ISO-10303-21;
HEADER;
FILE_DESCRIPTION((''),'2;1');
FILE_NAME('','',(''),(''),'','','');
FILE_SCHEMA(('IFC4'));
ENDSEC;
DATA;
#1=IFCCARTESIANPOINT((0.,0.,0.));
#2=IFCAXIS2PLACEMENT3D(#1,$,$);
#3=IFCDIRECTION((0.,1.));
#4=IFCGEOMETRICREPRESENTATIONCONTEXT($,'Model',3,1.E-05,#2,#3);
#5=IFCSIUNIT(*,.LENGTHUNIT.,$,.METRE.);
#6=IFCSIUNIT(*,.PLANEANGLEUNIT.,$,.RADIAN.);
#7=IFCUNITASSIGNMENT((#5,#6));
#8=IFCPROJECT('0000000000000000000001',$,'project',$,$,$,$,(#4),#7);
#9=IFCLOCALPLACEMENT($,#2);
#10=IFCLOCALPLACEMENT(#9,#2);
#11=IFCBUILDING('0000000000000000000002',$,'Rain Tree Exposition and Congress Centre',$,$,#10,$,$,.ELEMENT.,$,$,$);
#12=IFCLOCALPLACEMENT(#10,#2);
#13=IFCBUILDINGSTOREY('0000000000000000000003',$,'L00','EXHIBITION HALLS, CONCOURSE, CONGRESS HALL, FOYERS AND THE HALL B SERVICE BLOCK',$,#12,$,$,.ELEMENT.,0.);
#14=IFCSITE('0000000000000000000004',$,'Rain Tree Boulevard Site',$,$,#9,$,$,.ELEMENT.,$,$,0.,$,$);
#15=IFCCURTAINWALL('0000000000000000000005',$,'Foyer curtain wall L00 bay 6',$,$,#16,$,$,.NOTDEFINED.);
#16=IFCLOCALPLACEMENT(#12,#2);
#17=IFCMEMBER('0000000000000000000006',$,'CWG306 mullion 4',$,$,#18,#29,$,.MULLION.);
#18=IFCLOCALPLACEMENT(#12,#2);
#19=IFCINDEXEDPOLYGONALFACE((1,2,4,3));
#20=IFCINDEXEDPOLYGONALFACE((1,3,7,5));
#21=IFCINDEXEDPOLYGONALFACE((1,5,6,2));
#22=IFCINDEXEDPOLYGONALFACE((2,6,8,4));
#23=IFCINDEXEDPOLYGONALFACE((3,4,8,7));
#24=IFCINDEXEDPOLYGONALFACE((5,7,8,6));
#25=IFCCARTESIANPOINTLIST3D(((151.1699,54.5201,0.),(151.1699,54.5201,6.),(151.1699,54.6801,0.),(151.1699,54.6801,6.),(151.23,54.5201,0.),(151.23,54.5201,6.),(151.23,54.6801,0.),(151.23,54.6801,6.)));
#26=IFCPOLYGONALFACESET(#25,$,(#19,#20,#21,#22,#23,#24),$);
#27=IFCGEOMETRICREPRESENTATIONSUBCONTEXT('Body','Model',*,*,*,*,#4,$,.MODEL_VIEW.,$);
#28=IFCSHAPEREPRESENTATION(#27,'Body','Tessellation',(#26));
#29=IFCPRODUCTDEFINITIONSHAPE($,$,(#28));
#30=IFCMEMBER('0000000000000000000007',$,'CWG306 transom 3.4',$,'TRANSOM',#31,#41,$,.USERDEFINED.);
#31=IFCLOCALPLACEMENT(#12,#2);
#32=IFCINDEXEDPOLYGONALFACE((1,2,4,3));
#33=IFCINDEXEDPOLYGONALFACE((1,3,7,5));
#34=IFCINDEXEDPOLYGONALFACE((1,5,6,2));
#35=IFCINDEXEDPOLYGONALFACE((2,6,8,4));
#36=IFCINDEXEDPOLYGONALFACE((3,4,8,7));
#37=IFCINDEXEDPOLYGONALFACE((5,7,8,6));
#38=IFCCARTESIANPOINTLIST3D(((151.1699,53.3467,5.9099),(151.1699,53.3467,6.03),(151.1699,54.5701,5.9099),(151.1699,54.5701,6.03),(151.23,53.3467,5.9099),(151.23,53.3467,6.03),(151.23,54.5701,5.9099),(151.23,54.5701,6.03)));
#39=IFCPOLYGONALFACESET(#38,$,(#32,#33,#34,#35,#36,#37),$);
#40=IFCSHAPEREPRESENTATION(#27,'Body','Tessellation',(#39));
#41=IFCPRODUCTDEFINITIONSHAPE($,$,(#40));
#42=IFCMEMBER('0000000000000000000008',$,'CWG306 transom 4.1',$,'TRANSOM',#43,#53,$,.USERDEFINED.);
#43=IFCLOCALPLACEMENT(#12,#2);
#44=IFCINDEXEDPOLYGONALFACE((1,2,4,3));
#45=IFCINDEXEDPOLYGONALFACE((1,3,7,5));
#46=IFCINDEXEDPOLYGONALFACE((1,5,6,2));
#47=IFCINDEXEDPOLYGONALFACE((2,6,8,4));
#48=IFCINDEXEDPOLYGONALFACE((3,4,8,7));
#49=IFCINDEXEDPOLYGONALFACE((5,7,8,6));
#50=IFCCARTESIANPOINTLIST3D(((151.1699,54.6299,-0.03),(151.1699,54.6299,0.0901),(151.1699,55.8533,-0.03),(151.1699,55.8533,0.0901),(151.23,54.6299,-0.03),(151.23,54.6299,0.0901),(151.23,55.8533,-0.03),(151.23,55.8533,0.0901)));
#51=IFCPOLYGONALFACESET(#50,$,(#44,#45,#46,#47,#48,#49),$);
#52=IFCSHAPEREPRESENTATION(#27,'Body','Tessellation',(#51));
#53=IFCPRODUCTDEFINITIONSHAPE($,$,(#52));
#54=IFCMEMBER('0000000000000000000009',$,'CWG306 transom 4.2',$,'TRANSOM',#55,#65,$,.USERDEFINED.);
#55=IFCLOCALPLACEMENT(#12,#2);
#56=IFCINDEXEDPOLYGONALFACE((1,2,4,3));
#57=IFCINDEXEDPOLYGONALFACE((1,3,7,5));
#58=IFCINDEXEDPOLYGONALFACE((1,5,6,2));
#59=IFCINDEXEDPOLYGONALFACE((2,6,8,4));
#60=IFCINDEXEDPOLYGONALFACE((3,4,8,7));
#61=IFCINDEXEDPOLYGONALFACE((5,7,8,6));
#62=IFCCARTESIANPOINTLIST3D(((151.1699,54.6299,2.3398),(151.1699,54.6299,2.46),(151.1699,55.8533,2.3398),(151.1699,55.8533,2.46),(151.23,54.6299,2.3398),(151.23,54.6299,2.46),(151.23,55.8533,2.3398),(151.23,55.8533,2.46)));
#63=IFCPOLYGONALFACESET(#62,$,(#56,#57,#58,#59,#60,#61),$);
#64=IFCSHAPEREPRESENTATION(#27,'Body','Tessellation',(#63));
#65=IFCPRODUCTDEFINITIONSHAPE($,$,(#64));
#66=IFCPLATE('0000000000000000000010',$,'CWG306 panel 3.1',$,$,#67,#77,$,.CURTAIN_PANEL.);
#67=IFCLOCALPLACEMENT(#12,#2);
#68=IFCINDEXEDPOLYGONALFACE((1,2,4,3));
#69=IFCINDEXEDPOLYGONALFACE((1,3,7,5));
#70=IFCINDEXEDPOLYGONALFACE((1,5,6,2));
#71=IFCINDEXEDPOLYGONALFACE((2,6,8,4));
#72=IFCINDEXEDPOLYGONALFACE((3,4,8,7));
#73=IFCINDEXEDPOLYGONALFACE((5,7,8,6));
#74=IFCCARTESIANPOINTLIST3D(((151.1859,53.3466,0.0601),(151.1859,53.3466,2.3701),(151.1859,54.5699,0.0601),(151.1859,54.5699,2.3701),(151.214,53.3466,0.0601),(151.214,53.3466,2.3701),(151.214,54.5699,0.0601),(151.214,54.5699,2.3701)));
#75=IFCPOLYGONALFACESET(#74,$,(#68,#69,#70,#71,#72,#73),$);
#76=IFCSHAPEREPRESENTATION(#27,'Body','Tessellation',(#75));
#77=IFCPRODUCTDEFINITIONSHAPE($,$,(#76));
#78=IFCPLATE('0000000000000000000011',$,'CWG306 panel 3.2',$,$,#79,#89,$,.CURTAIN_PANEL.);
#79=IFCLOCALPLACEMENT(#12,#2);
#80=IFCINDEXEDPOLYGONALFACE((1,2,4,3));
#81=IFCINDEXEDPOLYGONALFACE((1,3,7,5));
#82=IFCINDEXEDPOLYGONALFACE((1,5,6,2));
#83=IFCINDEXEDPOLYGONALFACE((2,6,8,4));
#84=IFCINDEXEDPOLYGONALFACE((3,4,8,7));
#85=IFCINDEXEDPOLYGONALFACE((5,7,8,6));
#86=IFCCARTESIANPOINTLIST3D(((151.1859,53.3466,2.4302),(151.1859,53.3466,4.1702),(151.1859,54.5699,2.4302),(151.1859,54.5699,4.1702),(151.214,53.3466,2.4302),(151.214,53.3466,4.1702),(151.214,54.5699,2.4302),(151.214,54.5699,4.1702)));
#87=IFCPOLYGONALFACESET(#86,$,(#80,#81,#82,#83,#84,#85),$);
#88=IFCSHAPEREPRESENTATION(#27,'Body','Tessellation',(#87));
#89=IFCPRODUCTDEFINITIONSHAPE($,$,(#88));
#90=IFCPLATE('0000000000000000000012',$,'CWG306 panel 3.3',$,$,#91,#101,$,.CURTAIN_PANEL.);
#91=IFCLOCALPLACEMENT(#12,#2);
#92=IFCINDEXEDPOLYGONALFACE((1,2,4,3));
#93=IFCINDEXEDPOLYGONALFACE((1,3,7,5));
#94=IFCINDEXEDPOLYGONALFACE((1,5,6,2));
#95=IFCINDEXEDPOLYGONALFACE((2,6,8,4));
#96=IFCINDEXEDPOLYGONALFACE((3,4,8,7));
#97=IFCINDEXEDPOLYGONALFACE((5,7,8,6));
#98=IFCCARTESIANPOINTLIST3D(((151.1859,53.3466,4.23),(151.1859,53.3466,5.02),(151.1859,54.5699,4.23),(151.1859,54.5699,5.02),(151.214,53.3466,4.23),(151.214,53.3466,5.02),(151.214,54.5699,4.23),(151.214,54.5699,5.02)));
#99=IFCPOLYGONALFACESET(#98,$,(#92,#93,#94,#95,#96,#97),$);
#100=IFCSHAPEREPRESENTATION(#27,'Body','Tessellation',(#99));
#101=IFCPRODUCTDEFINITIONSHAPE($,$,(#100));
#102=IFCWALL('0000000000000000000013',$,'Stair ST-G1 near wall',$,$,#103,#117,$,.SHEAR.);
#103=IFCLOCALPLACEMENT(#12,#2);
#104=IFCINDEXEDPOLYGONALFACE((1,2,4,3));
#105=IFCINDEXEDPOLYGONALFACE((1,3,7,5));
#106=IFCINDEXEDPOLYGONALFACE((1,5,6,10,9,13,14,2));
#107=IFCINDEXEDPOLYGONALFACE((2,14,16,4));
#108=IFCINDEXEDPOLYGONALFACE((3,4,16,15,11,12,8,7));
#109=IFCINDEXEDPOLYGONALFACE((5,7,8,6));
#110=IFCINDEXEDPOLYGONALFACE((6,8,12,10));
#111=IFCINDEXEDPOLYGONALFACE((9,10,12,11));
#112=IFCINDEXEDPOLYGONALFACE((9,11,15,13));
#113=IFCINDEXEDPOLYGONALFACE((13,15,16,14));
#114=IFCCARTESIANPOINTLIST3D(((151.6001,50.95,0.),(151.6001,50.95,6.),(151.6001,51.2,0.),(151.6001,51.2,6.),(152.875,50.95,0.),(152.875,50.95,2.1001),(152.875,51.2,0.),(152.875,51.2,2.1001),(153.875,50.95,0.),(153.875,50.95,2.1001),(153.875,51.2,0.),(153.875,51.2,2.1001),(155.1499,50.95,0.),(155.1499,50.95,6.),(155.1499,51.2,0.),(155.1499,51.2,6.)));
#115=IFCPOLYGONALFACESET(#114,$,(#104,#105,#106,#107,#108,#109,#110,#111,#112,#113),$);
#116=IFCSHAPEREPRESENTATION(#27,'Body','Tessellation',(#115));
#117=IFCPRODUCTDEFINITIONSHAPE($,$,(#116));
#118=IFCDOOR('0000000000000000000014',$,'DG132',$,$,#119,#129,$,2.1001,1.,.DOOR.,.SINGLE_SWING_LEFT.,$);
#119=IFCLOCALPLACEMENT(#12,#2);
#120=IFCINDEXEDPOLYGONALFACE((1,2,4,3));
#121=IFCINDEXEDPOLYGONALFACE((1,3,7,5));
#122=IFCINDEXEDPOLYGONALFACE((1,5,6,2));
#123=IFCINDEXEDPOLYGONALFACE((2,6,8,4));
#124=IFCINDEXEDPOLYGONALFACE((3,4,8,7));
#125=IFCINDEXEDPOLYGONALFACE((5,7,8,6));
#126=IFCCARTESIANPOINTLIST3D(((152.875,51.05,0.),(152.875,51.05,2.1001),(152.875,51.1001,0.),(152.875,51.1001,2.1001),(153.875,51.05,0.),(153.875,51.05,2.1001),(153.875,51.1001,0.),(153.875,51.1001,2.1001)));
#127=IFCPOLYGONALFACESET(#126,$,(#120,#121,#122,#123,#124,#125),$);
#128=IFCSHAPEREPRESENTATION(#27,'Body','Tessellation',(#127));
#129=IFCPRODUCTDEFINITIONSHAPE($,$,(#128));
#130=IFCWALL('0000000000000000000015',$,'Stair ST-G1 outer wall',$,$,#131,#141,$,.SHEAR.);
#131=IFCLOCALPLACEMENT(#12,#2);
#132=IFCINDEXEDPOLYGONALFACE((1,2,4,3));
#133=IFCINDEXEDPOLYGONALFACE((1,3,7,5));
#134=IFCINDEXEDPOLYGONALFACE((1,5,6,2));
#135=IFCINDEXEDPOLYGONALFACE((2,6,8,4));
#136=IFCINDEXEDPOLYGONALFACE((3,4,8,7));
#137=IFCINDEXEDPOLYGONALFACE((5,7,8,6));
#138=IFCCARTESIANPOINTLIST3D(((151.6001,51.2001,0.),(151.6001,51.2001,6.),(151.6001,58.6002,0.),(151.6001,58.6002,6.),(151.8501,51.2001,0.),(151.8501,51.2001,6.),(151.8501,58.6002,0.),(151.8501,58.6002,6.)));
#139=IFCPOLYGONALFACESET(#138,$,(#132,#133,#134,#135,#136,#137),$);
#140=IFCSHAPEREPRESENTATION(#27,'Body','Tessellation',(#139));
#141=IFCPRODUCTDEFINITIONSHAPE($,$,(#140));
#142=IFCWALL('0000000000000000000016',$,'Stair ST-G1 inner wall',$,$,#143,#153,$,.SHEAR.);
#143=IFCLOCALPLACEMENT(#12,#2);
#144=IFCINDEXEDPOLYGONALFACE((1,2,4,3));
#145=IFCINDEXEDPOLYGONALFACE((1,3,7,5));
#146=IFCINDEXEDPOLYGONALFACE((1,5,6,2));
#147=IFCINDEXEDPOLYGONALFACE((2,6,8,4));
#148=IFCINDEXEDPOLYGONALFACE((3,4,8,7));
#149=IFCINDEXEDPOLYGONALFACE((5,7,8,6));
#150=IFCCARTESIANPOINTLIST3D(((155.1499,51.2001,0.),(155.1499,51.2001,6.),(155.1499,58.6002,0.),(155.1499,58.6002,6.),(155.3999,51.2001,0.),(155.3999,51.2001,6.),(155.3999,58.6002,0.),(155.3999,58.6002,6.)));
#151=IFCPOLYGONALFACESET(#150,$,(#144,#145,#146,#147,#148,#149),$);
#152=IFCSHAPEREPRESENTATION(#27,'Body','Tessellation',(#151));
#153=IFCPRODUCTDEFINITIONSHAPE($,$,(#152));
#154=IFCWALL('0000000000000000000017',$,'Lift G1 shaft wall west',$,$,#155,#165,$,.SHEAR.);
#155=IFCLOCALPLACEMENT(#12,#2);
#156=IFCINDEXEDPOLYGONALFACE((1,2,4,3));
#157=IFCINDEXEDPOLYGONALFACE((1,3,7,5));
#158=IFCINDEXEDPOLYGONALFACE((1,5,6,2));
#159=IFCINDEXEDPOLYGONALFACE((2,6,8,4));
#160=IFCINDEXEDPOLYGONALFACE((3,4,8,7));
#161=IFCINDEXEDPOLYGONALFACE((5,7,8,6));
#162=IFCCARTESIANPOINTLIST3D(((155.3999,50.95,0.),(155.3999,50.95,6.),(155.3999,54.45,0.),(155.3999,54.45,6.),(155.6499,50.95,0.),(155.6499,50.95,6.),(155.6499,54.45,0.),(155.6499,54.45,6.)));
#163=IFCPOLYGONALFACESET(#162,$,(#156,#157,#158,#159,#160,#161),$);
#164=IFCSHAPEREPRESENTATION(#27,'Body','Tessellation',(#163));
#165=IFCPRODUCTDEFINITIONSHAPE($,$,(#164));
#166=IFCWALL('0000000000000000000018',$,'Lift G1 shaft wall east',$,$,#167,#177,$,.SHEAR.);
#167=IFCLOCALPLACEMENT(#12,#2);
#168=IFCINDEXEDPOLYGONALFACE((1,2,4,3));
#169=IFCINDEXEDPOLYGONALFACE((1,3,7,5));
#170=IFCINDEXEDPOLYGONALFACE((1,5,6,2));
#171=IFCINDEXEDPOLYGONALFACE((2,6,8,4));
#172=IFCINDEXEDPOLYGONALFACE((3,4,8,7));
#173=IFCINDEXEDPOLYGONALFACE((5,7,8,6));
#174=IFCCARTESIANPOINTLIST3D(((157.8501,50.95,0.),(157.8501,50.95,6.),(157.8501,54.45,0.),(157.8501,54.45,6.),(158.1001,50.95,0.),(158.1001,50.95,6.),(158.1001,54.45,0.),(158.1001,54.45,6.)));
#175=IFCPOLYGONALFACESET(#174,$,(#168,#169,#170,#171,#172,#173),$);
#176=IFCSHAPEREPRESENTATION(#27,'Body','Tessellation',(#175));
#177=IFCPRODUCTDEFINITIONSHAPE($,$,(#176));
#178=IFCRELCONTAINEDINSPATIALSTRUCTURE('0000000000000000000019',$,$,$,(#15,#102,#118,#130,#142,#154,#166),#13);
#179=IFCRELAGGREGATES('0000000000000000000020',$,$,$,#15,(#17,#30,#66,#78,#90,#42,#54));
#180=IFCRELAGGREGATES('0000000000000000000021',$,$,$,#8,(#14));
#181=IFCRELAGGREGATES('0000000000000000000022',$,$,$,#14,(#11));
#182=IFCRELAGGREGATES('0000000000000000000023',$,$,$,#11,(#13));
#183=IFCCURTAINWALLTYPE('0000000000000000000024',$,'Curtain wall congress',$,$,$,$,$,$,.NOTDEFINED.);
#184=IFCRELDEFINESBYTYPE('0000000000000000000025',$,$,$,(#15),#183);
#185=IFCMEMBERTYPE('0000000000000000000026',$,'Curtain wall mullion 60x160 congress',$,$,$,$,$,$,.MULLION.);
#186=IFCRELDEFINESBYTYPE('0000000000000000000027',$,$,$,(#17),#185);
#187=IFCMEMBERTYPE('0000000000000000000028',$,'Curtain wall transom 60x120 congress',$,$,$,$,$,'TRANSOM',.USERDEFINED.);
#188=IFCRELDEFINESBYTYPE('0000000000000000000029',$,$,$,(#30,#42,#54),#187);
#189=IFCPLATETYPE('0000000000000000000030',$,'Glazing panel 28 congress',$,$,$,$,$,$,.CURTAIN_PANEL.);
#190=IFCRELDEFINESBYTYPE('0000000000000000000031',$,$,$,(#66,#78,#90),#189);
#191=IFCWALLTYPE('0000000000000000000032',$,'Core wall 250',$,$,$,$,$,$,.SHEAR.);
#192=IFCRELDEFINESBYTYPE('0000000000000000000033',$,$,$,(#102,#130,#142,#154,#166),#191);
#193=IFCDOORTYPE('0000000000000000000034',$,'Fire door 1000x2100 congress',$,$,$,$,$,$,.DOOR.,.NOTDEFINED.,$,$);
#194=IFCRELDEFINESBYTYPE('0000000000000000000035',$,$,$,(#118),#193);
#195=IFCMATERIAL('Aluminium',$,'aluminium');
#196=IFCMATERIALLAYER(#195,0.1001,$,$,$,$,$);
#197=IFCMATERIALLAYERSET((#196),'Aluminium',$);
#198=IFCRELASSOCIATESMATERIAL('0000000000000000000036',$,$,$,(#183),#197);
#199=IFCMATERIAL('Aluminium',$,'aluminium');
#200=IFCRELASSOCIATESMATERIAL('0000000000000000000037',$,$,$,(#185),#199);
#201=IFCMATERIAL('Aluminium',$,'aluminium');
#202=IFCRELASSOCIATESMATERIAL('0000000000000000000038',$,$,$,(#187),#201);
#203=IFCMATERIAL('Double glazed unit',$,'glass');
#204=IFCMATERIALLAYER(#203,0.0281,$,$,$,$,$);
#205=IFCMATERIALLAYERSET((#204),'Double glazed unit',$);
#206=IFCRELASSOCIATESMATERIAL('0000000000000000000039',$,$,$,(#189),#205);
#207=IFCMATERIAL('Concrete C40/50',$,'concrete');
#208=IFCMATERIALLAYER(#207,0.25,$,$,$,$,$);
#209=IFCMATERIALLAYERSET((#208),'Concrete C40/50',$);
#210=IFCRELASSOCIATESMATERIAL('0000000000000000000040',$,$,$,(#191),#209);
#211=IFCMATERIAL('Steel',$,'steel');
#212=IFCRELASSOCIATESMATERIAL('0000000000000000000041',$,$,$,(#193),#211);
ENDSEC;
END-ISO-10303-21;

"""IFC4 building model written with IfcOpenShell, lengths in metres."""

from ifc_helpers import new_model, si_unit, direction, frame, frame_2d, origin, origin_2d, place, context, subcontext, project, spatial, rectangle, extrude, material, layer, layer_set, material_profile, profile_set, type_object, element, fill, aggregate, save


model = new_model("IFC4")

# Units and contexts
model_context = context("Model", 3, precision=1e-05, world=origin(), true_north=direction((0.0, 1.0)))
body_context = subcontext(model_context, "Body", "Model", "MODEL_VIEW")
ifc_project = project(units=[si_unit("LENGTHUNIT", "METRE"), si_unit("PLANEANGLEUNIT", "RADIAN")], contexts=[model_context])

# Site, building, storey
site_placement = place(None, origin())
site = spatial("IfcSite", under=ifc_project, at=site_placement, Name="Rain Tree Boulevard Site", CompositionType="ELEMENT", RefElevation=0.0)
building_placement = place(site_placement, origin())
building = spatial("IfcBuilding", under=site, at=building_placement, Name="Rain Tree Exposition and Congress Centre", CompositionType="ELEMENT")
storey_placement = place(building_placement, origin())
storey = spatial("IfcBuildingStorey", under=building, at=storey_placement, Name="L00", Description="EXHIBITION HALLS, CONCOURSE, CONGRESS HALL, FOYERS AND THE HALL B SERVICE BLOCK", CompositionType="ELEMENT", Elevation=0.0)

# Curtain wall, members, plates
ifc_material_1 = material(Name="Aluminium", Category="aluminium")
ifc_layer_1 = layer(ifc_material_1, 0.1001)
ifc_layer_set_1 = layer_set([ifc_layer_1], Name="Aluminium")
curtain_wall_type = type_object("IfcCurtainWallType", Name="Curtain wall congress", PredefinedType="NOTDEFINED", material=ifc_layer_set_1)
curtain_wall_placement = place(storey_placement, origin())
curtain_wall = element("IfcCurtainWall", 1, at=curtain_wall_placement, inside=storey, type_object=curtain_wall_type, Name="Foyer curtain wall L00 bay 6", PredefinedType="NOTDEFINED")
ifc_material_2 = material(Name="Aluminium", Category="aluminium")
ifc_material_profile_1 = material_profile(ifc_material_2, rectangle(XDim=0.0601, YDim=0.1599, at=origin_2d()), Name="AL 60x160")
ifc_profile_set_1 = profile_set([ifc_material_profile_1], Name="Aluminium")
member_type_1 = type_object("IfcMemberType", Name="Curtain wall mullion 60x160 congress", PredefinedType="MULLION", material=ifc_profile_set_1)
member_1_placement = place(storey_placement, frame((151.2, 54.6001, 0.0), z_axis=(0.0, 0.0, 1.0), x_axis=(-1.0, 0.0, 0.0)))
member_1 = element("IfcMember", 2, at=member_1_placement, type_object=member_type_1, Name="CWG306 mullion 4", PredefinedType="MULLION", context=body_context, shape_type="SweptSolid", body=[
    extrude(rectangle(XDim=0.0601, YDim=0.1599, at=origin_2d()), origin(), (0.0, 0.0, 1.0), 6.0),
])
ifc_material_3 = material(Name="Aluminium", Category="aluminium")
ifc_material_profile_2 = material_profile(ifc_material_3, rectangle(XDim=0.0601, YDim=0.1201, at=origin_2d()), Name="AL 60x120")
ifc_profile_set_2 = profile_set([ifc_material_profile_2], Name="Aluminium")
member_type_2 = type_object("IfcMemberType", Name="Curtain wall transom 60x120 congress", ElementType="TRANSOM", PredefinedType="USERDEFINED", material=ifc_profile_set_2)
member_2_placement = place(storey_placement, frame((151.2, 53.3467, 5.97), z_axis=(0.0, 1.0, 0.0), x_axis=(-1.0, 0.0, 0.0)))
member_2 = element("IfcMember", 3, at=member_2_placement, type_object=member_type_2, Name="CWG306 transom 3.4", ObjectType="TRANSOM", PredefinedType="USERDEFINED", context=body_context, shape_type="SweptSolid", body=[
    extrude(rectangle(XDim=0.0601, YDim=0.1201, at=origin_2d()), origin(), (0.0, 0.0, 1.0), 1.2234),
])
member_3_placement = place(storey_placement, frame((151.2, 54.6299, 0.03), z_axis=(0.0, 1.0, 0.0), x_axis=(-1.0, 0.0, 0.0)))
member_3 = element("IfcMember", 4, at=member_3_placement, type_object=member_type_2, Name="CWG306 transom 4.1", ObjectType="TRANSOM", PredefinedType="USERDEFINED", context=body_context, shape_type="SweptSolid", body=[
    extrude(rectangle(XDim=0.0601, YDim=0.1201, at=origin_2d()), origin(), (0.0, 0.0, 1.0), 1.2234),
])
member_4_placement = place(storey_placement, frame((151.2, 54.6299, 2.3999), z_axis=(0.0, 1.0, 0.0), x_axis=(-1.0, 0.0, 0.0)))
member_4 = element("IfcMember", 5, at=member_4_placement, type_object=member_type_2, Name="CWG306 transom 4.2", ObjectType="TRANSOM", PredefinedType="USERDEFINED", context=body_context, shape_type="SweptSolid", body=[
    extrude(rectangle(XDim=0.0601, YDim=0.1201, at=origin_2d()), origin(), (0.0, 0.0, 1.0), 1.2234),
])
ifc_material_4 = material(Name="Double glazed unit", Category="glass")
ifc_layer_2 = layer(ifc_material_4, 0.0281)
ifc_layer_set_2 = layer_set([ifc_layer_2], Name="Double glazed unit")
plate_type = type_object("IfcPlateType", Name="Glazing panel 28 congress", PredefinedType="CURTAIN_PANEL", material=ifc_layer_set_2)
plate_1_placement = place(storey_placement, frame((151.2, 53.9583, 0.0601), z_axis=(0.0, 0.0, 1.0), x_axis=(0.0, 1.0, 0.0)))
plate_1 = element("IfcPlate", 6, at=plate_1_placement, type_object=plate_type, Name="CWG306 panel 3.1", PredefinedType="CURTAIN_PANEL", context=body_context, shape_type="SweptSolid", body=[
    extrude(rectangle(XDim=1.2234, YDim=0.0281, at=origin_2d()), origin(), (0.0, 0.0, 1.0), 2.3101),
])
plate_2_placement = place(storey_placement, frame((151.2, 53.9583, 2.4302), z_axis=(0.0, 0.0, 1.0), x_axis=(0.0, 1.0, 0.0)))
plate_2 = element("IfcPlate", 7, at=plate_2_placement, type_object=plate_type, Name="CWG306 panel 3.2", PredefinedType="CURTAIN_PANEL", context=body_context, shape_type="SweptSolid", body=[
    extrude(rectangle(XDim=1.2234, YDim=0.0281, at=origin_2d()), origin(), (0.0, 0.0, 1.0), 1.74),
])
plate_3_placement = place(storey_placement, frame((151.2, 53.9583, 4.23), z_axis=(0.0, 0.0, 1.0), x_axis=(0.0, 1.0, 0.0)))
plate_3 = element("IfcPlate", 8, at=plate_3_placement, type_object=plate_type, Name="CWG306 panel 3.3", PredefinedType="CURTAIN_PANEL", context=body_context, shape_type="SweptSolid", body=[
    extrude(rectangle(XDim=1.2234, YDim=0.0281, at=origin_2d()), origin(), (0.0, 0.0, 1.0), 0.79),
])
aggregate(curtain_wall, [member_1, member_2, plate_1, plate_2, plate_3, member_3, member_4])

# Wall, opening, door
ifc_material_5 = material(Name="Concrete C40/50", Category="concrete")
ifc_layer_3 = layer(ifc_material_5, 0.25)
ifc_layer_set_3 = layer_set([ifc_layer_3], Name="Concrete C40/50")
wall_type = type_object("IfcWallType", Name="Core wall 250", PredefinedType="SHEAR", material=ifc_layer_set_3)
wall_1_placement = place(storey_placement, frame((155.1499, 51.075, 0.0), z_axis=(0.0, 0.0, 1.0), x_axis=(-1.0, 0.0, 0.0)))
wall_1 = element("IfcWall", 9, at=wall_1_placement, inside=storey, type_object=wall_type, Name="Stair ST-G1 near wall", PredefinedType="SHEAR", context=body_context, shape_type="SweptSolid", body=[
    extrude(rectangle(XDim=3.5498, YDim=0.25, at=frame_2d((1.7749, 0.0))), origin(), (0.0, 0.0, 1.0), 6.0),
])
opening_1_placement = place(wall_1_placement, frame((1.2749, 0.0, 0.0)))
opening_1 = element("IfcOpeningElement", 10, at=opening_1_placement, cuts=wall_1, PredefinedType="OPENING", context=body_context, shape_type="SweptSolid", body=[
    extrude(rectangle(XDim=1.0, YDim=2.1001, at=frame_2d((0.5, 1.05))), frame((0.0, 0.125, 0.0), z_axis=(0.0, -1.0, 0.0), x_axis=(1.0, 0.0, 0.0)), (0.0, 0.0, 1.0), 0.25),
])
ifc_material_6 = material(Name="Steel", Category="steel")
door_type_1 = type_object("IfcDoorType", Name="Fire door 1000x2100 congress", OperationType="NOTDEFINED", PredefinedType="DOOR", material=ifc_material_6)
door_1_placement = place(opening_1_placement, origin())
door_1 = element("IfcDoor", 11, at=door_1_placement, inside=storey, type_object=door_type_1, Name="DG132", OperationType="SINGLE_SWING_LEFT", OverallHeight=2.1001, OverallWidth=1.0, PredefinedType="DOOR", context=body_context, shape_type="SweptSolid", body=[
    extrude(rectangle(XDim=1.0, YDim=2.1001, at=frame_2d((0.5, 1.05))), frame((0.0, 0.0249, 0.0), z_axis=(0.0, -1.0, 0.0), x_axis=(1.0, 0.0, 0.0)), (0.0, 0.0, 1.0), 0.05),
])
fill(opening_1, door_1)

# Walls
for number, where, z_axis, x_axis, name in (
    (12, (151.7251, 51.2, 0.0), (0.0, 0.0, 1.0), (0.0, 1.0, 0.0), "Stair ST-G1 outer wall"),
    (13, (155.2749, 51.2, 0.0), (0.0, 0.0, 1.0), (0.0, 1.0, 0.0), "Stair ST-G1 inner wall"),
):
    element("IfcWall", number, at=place(storey_placement, frame(where, z_axis=z_axis, x_axis=x_axis)), inside=storey, type_object=wall_type, Name=name, PredefinedType="SHEAR", context=body_context, shape_type="SweptSolid", body=[
        extrude(rectangle(XDim=7.4001, YDim=0.25, at=frame_2d((3.7002, 0.0))), origin(), (0.0, 0.0, 1.0), 6.0),
    ])
for number, where, z_axis, x_axis, name in (
    (14, (155.5249, 50.95, 0.0), (0.0, 0.0, 1.0), (0.0, 1.0, 0.0), "Lift G1 shaft wall west"),
    (15, (157.9751, 50.95, 0.0), (0.0, 0.0, 1.0), (0.0, 1.0, 0.0), "Lift G1 shaft wall east"),
):
    element("IfcWall", number, at=place(storey_placement, frame(where, z_axis=z_axis, x_axis=x_axis)), inside=storey, type_object=wall_type, Name=name, PredefinedType="SHEAR", context=body_context, shape_type="SweptSolid", body=[
        extrude(rectangle(XDim=3.5, YDim=0.25, at=frame_2d((1.75, 0.0))), origin(), (0.0, 0.0, 1.0), 6.0),
    ])

save(model, "model.ifc")
